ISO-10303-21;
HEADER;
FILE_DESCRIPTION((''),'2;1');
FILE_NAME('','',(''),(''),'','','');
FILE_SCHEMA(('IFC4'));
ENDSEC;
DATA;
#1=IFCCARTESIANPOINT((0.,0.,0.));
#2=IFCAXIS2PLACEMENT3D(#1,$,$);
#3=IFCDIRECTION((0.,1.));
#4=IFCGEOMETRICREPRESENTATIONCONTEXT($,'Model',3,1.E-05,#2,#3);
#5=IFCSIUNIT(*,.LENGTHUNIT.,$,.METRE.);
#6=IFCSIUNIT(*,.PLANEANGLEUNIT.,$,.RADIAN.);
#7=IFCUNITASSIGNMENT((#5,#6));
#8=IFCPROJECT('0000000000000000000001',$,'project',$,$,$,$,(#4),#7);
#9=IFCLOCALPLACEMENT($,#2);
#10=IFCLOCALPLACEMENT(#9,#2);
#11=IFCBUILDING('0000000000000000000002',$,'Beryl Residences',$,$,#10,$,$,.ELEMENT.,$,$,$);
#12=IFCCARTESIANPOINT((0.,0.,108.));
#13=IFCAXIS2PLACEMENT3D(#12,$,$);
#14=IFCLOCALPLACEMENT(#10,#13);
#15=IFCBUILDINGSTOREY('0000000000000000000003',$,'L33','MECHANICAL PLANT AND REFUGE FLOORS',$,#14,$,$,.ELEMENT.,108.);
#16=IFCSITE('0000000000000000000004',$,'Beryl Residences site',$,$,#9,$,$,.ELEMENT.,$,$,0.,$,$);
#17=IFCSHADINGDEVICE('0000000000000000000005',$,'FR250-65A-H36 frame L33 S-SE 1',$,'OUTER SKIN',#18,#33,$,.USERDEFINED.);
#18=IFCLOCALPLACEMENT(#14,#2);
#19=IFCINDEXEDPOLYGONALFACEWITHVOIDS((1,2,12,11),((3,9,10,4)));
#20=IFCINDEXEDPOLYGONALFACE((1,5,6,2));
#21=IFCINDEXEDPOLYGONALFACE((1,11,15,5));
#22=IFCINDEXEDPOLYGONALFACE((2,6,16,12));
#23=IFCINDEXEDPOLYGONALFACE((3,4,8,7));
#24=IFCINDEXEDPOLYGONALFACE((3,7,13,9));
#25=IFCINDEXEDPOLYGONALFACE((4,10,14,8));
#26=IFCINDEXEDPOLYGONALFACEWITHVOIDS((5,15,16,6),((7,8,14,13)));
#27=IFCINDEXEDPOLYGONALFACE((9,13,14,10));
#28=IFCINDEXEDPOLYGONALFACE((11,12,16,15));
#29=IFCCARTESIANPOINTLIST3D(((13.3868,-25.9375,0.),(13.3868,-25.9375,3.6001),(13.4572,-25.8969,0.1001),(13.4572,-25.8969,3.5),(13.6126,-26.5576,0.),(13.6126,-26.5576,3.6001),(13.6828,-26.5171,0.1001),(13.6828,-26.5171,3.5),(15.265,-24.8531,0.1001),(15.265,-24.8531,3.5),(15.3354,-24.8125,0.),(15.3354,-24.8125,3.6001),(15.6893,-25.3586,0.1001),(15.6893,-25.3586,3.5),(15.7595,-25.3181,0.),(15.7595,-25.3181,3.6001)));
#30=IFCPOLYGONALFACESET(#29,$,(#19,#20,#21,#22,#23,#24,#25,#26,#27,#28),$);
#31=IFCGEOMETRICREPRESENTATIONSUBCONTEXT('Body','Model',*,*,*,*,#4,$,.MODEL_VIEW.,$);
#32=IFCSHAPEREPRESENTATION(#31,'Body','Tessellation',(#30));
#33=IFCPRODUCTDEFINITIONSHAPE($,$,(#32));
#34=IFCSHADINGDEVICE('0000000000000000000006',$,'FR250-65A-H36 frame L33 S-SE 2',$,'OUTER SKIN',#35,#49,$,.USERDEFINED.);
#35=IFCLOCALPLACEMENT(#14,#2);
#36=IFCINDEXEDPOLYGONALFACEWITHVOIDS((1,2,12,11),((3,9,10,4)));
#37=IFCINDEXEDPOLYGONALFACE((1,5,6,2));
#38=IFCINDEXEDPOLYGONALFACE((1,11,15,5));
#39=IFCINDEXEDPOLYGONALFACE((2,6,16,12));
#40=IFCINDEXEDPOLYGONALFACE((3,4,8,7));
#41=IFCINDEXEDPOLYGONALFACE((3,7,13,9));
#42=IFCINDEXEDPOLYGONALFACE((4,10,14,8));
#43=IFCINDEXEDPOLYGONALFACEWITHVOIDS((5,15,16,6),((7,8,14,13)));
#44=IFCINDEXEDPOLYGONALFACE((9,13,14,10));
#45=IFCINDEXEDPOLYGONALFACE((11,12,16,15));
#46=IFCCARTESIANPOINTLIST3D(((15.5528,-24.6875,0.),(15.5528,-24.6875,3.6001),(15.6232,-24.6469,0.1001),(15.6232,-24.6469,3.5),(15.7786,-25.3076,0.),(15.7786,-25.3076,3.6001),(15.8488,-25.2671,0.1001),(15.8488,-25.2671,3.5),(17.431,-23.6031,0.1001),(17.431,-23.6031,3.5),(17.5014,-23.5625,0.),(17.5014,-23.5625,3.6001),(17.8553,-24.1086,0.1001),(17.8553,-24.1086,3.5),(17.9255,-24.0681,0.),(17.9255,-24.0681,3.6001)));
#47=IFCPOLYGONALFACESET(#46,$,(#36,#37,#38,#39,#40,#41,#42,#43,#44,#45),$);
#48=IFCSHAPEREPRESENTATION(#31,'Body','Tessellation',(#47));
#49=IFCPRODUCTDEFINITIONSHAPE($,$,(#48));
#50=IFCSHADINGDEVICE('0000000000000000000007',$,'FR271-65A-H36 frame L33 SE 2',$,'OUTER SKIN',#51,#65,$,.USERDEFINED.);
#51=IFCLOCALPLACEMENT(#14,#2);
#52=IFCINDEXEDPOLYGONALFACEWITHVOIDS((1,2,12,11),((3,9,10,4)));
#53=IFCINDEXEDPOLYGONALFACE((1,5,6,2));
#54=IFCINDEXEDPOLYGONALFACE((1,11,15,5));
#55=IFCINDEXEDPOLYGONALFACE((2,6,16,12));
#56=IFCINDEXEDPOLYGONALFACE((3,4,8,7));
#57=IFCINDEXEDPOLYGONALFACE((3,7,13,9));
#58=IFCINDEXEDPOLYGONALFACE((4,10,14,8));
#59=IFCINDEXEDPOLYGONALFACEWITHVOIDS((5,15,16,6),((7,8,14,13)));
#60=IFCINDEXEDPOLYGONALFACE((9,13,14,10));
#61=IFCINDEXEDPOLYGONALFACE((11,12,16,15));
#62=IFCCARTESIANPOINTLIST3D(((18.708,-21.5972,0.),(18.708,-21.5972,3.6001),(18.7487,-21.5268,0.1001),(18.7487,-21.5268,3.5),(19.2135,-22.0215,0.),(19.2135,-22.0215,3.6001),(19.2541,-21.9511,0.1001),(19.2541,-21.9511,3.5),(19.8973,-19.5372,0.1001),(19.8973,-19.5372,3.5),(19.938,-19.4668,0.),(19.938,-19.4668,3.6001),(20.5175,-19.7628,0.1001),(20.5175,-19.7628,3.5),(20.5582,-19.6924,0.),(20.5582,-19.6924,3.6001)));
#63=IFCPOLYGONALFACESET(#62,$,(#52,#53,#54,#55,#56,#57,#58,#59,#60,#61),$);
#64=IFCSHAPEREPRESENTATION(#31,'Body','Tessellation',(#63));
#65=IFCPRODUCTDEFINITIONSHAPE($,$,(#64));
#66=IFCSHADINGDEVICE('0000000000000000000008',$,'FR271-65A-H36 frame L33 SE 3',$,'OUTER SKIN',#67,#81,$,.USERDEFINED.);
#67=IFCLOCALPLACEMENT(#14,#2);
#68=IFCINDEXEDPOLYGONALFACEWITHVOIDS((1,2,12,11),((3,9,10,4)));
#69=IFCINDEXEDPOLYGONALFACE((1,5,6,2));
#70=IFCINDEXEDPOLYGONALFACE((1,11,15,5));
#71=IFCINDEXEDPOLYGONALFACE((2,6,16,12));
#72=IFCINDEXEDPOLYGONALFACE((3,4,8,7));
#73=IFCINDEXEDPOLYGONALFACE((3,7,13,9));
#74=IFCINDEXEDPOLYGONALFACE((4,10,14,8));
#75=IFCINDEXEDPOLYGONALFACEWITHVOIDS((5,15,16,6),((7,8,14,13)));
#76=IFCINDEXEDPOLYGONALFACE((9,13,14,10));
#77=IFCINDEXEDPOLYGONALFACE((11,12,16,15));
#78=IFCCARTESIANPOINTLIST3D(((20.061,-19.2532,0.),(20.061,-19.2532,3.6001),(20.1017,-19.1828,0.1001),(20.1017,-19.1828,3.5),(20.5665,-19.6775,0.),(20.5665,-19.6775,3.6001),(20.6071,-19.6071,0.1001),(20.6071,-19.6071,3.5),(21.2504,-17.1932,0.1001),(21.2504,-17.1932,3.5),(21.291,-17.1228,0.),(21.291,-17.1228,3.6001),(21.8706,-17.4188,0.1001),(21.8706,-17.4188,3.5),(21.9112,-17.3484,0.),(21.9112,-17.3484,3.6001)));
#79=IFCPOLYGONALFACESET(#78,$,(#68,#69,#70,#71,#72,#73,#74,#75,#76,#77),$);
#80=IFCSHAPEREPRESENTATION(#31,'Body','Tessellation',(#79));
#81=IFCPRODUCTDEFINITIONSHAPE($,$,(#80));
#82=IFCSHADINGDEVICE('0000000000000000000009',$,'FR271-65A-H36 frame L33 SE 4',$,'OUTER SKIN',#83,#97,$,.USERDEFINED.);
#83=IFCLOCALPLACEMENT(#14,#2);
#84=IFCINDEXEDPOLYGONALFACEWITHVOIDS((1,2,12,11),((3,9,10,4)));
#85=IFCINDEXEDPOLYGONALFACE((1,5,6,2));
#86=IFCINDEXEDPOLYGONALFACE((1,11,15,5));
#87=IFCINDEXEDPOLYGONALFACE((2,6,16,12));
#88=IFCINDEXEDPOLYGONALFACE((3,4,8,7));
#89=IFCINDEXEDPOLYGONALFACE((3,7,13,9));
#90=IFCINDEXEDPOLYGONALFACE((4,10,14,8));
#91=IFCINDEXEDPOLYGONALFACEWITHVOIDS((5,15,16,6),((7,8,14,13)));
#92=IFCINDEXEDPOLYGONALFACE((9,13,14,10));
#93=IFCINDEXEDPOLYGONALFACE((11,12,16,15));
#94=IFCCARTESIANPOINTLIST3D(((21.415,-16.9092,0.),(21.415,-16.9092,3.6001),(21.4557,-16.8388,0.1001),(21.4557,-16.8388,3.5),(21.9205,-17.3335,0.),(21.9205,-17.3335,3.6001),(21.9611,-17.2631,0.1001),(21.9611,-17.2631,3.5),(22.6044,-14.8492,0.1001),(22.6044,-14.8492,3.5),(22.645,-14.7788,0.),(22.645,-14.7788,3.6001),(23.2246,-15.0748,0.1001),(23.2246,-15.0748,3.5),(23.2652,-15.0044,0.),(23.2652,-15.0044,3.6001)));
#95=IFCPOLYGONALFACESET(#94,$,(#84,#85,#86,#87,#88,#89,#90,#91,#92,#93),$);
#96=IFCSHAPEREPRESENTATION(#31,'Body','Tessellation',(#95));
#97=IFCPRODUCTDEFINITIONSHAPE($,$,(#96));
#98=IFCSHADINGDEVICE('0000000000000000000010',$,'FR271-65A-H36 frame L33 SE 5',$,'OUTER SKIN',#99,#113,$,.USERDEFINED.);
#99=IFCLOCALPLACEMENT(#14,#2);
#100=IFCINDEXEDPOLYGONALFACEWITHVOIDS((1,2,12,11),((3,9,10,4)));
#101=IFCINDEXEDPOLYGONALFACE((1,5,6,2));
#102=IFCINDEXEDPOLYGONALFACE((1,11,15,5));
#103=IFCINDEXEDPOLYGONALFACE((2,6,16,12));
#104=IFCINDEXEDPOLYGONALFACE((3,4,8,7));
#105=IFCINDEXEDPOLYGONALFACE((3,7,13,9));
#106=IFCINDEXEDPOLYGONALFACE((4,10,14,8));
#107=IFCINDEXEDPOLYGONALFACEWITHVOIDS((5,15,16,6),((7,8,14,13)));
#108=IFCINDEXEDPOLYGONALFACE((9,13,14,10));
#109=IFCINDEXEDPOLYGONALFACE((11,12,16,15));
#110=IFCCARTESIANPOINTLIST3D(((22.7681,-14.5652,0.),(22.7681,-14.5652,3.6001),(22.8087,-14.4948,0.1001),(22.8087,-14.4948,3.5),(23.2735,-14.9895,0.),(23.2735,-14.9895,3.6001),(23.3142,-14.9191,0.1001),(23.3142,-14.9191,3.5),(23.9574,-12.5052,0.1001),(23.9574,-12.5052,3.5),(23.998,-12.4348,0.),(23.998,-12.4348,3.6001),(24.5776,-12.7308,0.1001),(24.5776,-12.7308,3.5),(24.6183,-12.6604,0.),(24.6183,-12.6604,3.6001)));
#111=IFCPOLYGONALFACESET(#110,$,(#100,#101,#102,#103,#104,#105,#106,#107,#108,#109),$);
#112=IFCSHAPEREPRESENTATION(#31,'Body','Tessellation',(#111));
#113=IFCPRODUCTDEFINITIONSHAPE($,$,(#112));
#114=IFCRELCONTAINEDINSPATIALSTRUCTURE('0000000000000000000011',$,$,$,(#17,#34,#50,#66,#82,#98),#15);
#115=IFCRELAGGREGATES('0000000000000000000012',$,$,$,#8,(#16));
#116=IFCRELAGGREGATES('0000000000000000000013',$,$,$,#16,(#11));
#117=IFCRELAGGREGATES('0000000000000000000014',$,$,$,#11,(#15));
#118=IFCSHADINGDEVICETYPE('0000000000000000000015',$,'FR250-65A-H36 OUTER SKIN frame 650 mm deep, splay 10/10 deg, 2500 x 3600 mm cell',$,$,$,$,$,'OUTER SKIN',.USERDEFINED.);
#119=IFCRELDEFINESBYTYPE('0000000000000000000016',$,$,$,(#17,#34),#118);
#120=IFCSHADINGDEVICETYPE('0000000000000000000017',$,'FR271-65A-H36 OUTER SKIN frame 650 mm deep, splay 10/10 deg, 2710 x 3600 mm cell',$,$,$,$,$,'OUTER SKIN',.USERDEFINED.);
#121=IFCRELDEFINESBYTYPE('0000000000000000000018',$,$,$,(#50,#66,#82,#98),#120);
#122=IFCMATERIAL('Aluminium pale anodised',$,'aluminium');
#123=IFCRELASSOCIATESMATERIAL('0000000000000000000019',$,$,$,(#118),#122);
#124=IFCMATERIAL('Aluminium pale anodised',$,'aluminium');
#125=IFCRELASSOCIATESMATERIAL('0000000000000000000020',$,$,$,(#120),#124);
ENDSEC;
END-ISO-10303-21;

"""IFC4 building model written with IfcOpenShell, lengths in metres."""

from ifc_helpers import new_model, entity, si_unit, direction, frame, origin, place, context, subcontext, project, spatial, source, transform, mapped, material, type_object, type_shapes, element, save


model = new_model("IFC4")

# Units and contexts
model_context = context("Model", 3, precision=1e-05, world=origin(), true_north=direction((0.0, 1.0)))
body_context = subcontext(model_context, "Body", "Model", "MODEL_VIEW")
ifc_project = project(units=[si_unit("LENGTHUNIT", "METRE"), si_unit("PLANEANGLEUNIT", "RADIAN")], contexts=[model_context])

# Site, building, storey
site_placement = place(None, origin())
site = spatial("IfcSite", under=ifc_project, at=site_placement, Name="Beryl Residences site", CompositionType="ELEMENT", RefElevation=0.0)
building_placement = place(site_placement, origin())
building = spatial("IfcBuilding", under=site, at=building_placement, Name="Beryl Residences", CompositionType="ELEMENT")
storey_placement = place(building_placement, frame((0.0, 0.0, 108.0)))
storey = spatial("IfcBuildingStorey", under=building, at=storey_placement, Name="L33", Description="MECHANICAL PLANT AND REFUGE FLOORS", CompositionType="ELEMENT", Elevation=108.0)

# Shading devices
ifc_material_1 = material(Name="Aluminium pale anodised", Category="aluminium")
shading_device_type_1 = type_object("IfcShadingDeviceType", Name="FR250-65A-H36 OUTER SKIN frame 650 mm deep, splay 10/10 deg, 2500 x 3600 mm cell", ElementType="OUTER SKIN", PredefinedType="USERDEFINED", material=ifc_material_1)
cartesian_point_1 = entity("IfcCartesianPoint", [-1.125, 0.0])
cartesian_point_2 = entity("IfcCartesianPoint", [-1.0437, 0.1001])
cartesian_point_3 = entity("IfcCartesianPoint", [-1.2395, 0.0])
cartesian_point_4 = entity("IfcCartesianPoint", [-1.1584, 0.1001])
shared_shape_1 = source(origin(), body_context, "Body", "SweptSolid", [
    entity("IfcExtrudedAreaSolidTapered", entity("IfcArbitraryProfileDefWithVoids", "AREA", None, entity("IfcPolyline", [cartesian_point_1, entity("IfcCartesianPoint", [1.125, 0.0]), entity("IfcCartesianPoint", [1.125, 3.6001]), entity("IfcCartesianPoint", [-1.125, 3.6001]), cartesian_point_1]), [entity("IfcPolyline", [cartesian_point_2, entity("IfcCartesianPoint", [1.0437, 0.1001]), entity("IfcCartesianPoint", [1.0437, 3.5]), entity("IfcCartesianPoint", [-1.0437, 3.5]), cartesian_point_2])]), entity("IfcAxis2Placement3D", entity("IfcCartesianPoint", [0.0, 0.0, 0.0]), entity("IfcDirection", [0.0, 1.0, 0.0]), entity("IfcDirection", [-1.0, 0.0, 0.0])), entity("IfcDirection", [0.0, 0.0, 1.0]), 0.6499, entity("IfcArbitraryProfileDefWithVoids", "AREA", None, entity("IfcPolyline", [cartesian_point_3, entity("IfcCartesianPoint", [1.2395, 0.0]), entity("IfcCartesianPoint", [1.2395, 3.6001]), entity("IfcCartesianPoint", [-1.2395, 3.6001]), cartesian_point_3]), [entity("IfcPolyline", [cartesian_point_4, entity("IfcCartesianPoint", [1.1584, 0.1001]), entity("IfcCartesianPoint", [1.1584, 3.5]), entity("IfcCartesianPoint", [-1.1584, 3.5]), cartesian_point_4])])),
])
type_shapes(shading_device_type_1, [shared_shape_1])
for number, where, z_axis, x_axis, name in (
    (1, (14.3611, -25.375, 0.0), (0.0, 0.0, 1.0), (-0.866025, -0.5, 0.0), "FR250-65A-H36 frame L33 S-SE 1"),
    (2, (16.5271, -24.125, 0.0), (0.0, 0.0, 1.0), (-0.866025, -0.5, 0.0), "FR250-65A-H36 frame L33 S-SE 2"),
):
    element("IfcShadingDevice", number, at=place(storey_placement, frame(where, z_axis=z_axis, x_axis=x_axis)), inside=storey, type_object=shading_device_type_1, Name=name, ObjectType="OUTER SKIN", PredefinedType="USERDEFINED", context=body_context, shape_type="MappedRepresentation", body=[
        mapped(shared_shape_1, transform((0.0, 0.0, 0.0))),
    ])
ifc_material_2 = material(Name="Aluminium pale anodised", Category="aluminium")
shading_device_type_2 = type_object("IfcShadingDeviceType", Name="FR271-65A-H36 OUTER SKIN frame 650 mm deep, splay 10/10 deg, 2710 x 3600 mm cell", ElementType="OUTER SKIN", PredefinedType="USERDEFINED", material=ifc_material_2)
cartesian_point_5 = entity("IfcCartesianPoint", [-1.23, 0.0])
cartesian_point_6 = entity("IfcCartesianPoint", [-1.1487, 0.1001])
cartesian_point_7 = entity("IfcCartesianPoint", [-1.3447, 0.0])
cartesian_point_8 = entity("IfcCartesianPoint", [-1.2634, 0.1001])
shared_shape_2 = source(origin(), body_context, "Body", "SweptSolid", [
    entity("IfcExtrudedAreaSolidTapered", entity("IfcArbitraryProfileDefWithVoids", "AREA", None, entity("IfcPolyline", [cartesian_point_5, entity("IfcCartesianPoint", [1.23, 0.0]), entity("IfcCartesianPoint", [1.23, 3.6001]), entity("IfcCartesianPoint", [-1.23, 3.6001]), cartesian_point_5]), [entity("IfcPolyline", [cartesian_point_6, entity("IfcCartesianPoint", [1.1487, 0.1001]), entity("IfcCartesianPoint", [1.1487, 3.5]), entity("IfcCartesianPoint", [-1.1487, 3.5]), cartesian_point_6])]), entity("IfcAxis2Placement3D", entity("IfcCartesianPoint", [0.0, 0.0, 0.0]), entity("IfcDirection", [0.0, 1.0, 0.0]), entity("IfcDirection", [-1.0, 0.0, 0.0])), entity("IfcDirection", [0.0, 0.0, 1.0]), 0.6499, entity("IfcArbitraryProfileDefWithVoids", "AREA", None, entity("IfcPolyline", [cartesian_point_7, entity("IfcCartesianPoint", [1.3447, 0.0]), entity("IfcCartesianPoint", [1.3447, 3.6001]), entity("IfcCartesianPoint", [-1.3447, 3.6001]), cartesian_point_7]), [entity("IfcPolyline", [cartesian_point_8, entity("IfcCartesianPoint", [1.2634, 0.1001]), entity("IfcCartesianPoint", [1.2634, 3.5]), entity("IfcCartesianPoint", [-1.2634, 3.5]), cartesian_point_8])])),
])
type_shapes(shading_device_type_2, [shared_shape_2])
for number, where, z_axis, x_axis, name in (
    (3, (19.323, -20.532, 0.0), (0.0, 0.0, 1.0), (-0.5, -0.866025, 0.0), "FR271-65A-H36 frame L33 SE 2"),
    (4, (20.676, -18.188, 0.0), (0.0, 0.0, 1.0), (-0.5, -0.866025, 0.0), "FR271-65A-H36 frame L33 SE 3"),
    (5, (22.03, -15.844, 0.0), (0.0, 0.0, 1.0), (-0.5, -0.866025, 0.0), "FR271-65A-H36 frame L33 SE 4"),
    (6, (23.3831, -13.5, 0.0), (0.0, 0.0, 1.0), (-0.5, -0.866025, 0.0), "FR271-65A-H36 frame L33 SE 5"),
):
    element("IfcShadingDevice", number, at=place(storey_placement, frame(where, z_axis=z_axis, x_axis=x_axis)), inside=storey, type_object=shading_device_type_2, Name=name, ObjectType="OUTER SKIN", PredefinedType="USERDEFINED", context=body_context, shape_type="MappedRepresentation", body=[
        mapped(shared_shape_2, transform((0.0, 0.0, 0.0))),
    ])

save(model, "model.ifc")
